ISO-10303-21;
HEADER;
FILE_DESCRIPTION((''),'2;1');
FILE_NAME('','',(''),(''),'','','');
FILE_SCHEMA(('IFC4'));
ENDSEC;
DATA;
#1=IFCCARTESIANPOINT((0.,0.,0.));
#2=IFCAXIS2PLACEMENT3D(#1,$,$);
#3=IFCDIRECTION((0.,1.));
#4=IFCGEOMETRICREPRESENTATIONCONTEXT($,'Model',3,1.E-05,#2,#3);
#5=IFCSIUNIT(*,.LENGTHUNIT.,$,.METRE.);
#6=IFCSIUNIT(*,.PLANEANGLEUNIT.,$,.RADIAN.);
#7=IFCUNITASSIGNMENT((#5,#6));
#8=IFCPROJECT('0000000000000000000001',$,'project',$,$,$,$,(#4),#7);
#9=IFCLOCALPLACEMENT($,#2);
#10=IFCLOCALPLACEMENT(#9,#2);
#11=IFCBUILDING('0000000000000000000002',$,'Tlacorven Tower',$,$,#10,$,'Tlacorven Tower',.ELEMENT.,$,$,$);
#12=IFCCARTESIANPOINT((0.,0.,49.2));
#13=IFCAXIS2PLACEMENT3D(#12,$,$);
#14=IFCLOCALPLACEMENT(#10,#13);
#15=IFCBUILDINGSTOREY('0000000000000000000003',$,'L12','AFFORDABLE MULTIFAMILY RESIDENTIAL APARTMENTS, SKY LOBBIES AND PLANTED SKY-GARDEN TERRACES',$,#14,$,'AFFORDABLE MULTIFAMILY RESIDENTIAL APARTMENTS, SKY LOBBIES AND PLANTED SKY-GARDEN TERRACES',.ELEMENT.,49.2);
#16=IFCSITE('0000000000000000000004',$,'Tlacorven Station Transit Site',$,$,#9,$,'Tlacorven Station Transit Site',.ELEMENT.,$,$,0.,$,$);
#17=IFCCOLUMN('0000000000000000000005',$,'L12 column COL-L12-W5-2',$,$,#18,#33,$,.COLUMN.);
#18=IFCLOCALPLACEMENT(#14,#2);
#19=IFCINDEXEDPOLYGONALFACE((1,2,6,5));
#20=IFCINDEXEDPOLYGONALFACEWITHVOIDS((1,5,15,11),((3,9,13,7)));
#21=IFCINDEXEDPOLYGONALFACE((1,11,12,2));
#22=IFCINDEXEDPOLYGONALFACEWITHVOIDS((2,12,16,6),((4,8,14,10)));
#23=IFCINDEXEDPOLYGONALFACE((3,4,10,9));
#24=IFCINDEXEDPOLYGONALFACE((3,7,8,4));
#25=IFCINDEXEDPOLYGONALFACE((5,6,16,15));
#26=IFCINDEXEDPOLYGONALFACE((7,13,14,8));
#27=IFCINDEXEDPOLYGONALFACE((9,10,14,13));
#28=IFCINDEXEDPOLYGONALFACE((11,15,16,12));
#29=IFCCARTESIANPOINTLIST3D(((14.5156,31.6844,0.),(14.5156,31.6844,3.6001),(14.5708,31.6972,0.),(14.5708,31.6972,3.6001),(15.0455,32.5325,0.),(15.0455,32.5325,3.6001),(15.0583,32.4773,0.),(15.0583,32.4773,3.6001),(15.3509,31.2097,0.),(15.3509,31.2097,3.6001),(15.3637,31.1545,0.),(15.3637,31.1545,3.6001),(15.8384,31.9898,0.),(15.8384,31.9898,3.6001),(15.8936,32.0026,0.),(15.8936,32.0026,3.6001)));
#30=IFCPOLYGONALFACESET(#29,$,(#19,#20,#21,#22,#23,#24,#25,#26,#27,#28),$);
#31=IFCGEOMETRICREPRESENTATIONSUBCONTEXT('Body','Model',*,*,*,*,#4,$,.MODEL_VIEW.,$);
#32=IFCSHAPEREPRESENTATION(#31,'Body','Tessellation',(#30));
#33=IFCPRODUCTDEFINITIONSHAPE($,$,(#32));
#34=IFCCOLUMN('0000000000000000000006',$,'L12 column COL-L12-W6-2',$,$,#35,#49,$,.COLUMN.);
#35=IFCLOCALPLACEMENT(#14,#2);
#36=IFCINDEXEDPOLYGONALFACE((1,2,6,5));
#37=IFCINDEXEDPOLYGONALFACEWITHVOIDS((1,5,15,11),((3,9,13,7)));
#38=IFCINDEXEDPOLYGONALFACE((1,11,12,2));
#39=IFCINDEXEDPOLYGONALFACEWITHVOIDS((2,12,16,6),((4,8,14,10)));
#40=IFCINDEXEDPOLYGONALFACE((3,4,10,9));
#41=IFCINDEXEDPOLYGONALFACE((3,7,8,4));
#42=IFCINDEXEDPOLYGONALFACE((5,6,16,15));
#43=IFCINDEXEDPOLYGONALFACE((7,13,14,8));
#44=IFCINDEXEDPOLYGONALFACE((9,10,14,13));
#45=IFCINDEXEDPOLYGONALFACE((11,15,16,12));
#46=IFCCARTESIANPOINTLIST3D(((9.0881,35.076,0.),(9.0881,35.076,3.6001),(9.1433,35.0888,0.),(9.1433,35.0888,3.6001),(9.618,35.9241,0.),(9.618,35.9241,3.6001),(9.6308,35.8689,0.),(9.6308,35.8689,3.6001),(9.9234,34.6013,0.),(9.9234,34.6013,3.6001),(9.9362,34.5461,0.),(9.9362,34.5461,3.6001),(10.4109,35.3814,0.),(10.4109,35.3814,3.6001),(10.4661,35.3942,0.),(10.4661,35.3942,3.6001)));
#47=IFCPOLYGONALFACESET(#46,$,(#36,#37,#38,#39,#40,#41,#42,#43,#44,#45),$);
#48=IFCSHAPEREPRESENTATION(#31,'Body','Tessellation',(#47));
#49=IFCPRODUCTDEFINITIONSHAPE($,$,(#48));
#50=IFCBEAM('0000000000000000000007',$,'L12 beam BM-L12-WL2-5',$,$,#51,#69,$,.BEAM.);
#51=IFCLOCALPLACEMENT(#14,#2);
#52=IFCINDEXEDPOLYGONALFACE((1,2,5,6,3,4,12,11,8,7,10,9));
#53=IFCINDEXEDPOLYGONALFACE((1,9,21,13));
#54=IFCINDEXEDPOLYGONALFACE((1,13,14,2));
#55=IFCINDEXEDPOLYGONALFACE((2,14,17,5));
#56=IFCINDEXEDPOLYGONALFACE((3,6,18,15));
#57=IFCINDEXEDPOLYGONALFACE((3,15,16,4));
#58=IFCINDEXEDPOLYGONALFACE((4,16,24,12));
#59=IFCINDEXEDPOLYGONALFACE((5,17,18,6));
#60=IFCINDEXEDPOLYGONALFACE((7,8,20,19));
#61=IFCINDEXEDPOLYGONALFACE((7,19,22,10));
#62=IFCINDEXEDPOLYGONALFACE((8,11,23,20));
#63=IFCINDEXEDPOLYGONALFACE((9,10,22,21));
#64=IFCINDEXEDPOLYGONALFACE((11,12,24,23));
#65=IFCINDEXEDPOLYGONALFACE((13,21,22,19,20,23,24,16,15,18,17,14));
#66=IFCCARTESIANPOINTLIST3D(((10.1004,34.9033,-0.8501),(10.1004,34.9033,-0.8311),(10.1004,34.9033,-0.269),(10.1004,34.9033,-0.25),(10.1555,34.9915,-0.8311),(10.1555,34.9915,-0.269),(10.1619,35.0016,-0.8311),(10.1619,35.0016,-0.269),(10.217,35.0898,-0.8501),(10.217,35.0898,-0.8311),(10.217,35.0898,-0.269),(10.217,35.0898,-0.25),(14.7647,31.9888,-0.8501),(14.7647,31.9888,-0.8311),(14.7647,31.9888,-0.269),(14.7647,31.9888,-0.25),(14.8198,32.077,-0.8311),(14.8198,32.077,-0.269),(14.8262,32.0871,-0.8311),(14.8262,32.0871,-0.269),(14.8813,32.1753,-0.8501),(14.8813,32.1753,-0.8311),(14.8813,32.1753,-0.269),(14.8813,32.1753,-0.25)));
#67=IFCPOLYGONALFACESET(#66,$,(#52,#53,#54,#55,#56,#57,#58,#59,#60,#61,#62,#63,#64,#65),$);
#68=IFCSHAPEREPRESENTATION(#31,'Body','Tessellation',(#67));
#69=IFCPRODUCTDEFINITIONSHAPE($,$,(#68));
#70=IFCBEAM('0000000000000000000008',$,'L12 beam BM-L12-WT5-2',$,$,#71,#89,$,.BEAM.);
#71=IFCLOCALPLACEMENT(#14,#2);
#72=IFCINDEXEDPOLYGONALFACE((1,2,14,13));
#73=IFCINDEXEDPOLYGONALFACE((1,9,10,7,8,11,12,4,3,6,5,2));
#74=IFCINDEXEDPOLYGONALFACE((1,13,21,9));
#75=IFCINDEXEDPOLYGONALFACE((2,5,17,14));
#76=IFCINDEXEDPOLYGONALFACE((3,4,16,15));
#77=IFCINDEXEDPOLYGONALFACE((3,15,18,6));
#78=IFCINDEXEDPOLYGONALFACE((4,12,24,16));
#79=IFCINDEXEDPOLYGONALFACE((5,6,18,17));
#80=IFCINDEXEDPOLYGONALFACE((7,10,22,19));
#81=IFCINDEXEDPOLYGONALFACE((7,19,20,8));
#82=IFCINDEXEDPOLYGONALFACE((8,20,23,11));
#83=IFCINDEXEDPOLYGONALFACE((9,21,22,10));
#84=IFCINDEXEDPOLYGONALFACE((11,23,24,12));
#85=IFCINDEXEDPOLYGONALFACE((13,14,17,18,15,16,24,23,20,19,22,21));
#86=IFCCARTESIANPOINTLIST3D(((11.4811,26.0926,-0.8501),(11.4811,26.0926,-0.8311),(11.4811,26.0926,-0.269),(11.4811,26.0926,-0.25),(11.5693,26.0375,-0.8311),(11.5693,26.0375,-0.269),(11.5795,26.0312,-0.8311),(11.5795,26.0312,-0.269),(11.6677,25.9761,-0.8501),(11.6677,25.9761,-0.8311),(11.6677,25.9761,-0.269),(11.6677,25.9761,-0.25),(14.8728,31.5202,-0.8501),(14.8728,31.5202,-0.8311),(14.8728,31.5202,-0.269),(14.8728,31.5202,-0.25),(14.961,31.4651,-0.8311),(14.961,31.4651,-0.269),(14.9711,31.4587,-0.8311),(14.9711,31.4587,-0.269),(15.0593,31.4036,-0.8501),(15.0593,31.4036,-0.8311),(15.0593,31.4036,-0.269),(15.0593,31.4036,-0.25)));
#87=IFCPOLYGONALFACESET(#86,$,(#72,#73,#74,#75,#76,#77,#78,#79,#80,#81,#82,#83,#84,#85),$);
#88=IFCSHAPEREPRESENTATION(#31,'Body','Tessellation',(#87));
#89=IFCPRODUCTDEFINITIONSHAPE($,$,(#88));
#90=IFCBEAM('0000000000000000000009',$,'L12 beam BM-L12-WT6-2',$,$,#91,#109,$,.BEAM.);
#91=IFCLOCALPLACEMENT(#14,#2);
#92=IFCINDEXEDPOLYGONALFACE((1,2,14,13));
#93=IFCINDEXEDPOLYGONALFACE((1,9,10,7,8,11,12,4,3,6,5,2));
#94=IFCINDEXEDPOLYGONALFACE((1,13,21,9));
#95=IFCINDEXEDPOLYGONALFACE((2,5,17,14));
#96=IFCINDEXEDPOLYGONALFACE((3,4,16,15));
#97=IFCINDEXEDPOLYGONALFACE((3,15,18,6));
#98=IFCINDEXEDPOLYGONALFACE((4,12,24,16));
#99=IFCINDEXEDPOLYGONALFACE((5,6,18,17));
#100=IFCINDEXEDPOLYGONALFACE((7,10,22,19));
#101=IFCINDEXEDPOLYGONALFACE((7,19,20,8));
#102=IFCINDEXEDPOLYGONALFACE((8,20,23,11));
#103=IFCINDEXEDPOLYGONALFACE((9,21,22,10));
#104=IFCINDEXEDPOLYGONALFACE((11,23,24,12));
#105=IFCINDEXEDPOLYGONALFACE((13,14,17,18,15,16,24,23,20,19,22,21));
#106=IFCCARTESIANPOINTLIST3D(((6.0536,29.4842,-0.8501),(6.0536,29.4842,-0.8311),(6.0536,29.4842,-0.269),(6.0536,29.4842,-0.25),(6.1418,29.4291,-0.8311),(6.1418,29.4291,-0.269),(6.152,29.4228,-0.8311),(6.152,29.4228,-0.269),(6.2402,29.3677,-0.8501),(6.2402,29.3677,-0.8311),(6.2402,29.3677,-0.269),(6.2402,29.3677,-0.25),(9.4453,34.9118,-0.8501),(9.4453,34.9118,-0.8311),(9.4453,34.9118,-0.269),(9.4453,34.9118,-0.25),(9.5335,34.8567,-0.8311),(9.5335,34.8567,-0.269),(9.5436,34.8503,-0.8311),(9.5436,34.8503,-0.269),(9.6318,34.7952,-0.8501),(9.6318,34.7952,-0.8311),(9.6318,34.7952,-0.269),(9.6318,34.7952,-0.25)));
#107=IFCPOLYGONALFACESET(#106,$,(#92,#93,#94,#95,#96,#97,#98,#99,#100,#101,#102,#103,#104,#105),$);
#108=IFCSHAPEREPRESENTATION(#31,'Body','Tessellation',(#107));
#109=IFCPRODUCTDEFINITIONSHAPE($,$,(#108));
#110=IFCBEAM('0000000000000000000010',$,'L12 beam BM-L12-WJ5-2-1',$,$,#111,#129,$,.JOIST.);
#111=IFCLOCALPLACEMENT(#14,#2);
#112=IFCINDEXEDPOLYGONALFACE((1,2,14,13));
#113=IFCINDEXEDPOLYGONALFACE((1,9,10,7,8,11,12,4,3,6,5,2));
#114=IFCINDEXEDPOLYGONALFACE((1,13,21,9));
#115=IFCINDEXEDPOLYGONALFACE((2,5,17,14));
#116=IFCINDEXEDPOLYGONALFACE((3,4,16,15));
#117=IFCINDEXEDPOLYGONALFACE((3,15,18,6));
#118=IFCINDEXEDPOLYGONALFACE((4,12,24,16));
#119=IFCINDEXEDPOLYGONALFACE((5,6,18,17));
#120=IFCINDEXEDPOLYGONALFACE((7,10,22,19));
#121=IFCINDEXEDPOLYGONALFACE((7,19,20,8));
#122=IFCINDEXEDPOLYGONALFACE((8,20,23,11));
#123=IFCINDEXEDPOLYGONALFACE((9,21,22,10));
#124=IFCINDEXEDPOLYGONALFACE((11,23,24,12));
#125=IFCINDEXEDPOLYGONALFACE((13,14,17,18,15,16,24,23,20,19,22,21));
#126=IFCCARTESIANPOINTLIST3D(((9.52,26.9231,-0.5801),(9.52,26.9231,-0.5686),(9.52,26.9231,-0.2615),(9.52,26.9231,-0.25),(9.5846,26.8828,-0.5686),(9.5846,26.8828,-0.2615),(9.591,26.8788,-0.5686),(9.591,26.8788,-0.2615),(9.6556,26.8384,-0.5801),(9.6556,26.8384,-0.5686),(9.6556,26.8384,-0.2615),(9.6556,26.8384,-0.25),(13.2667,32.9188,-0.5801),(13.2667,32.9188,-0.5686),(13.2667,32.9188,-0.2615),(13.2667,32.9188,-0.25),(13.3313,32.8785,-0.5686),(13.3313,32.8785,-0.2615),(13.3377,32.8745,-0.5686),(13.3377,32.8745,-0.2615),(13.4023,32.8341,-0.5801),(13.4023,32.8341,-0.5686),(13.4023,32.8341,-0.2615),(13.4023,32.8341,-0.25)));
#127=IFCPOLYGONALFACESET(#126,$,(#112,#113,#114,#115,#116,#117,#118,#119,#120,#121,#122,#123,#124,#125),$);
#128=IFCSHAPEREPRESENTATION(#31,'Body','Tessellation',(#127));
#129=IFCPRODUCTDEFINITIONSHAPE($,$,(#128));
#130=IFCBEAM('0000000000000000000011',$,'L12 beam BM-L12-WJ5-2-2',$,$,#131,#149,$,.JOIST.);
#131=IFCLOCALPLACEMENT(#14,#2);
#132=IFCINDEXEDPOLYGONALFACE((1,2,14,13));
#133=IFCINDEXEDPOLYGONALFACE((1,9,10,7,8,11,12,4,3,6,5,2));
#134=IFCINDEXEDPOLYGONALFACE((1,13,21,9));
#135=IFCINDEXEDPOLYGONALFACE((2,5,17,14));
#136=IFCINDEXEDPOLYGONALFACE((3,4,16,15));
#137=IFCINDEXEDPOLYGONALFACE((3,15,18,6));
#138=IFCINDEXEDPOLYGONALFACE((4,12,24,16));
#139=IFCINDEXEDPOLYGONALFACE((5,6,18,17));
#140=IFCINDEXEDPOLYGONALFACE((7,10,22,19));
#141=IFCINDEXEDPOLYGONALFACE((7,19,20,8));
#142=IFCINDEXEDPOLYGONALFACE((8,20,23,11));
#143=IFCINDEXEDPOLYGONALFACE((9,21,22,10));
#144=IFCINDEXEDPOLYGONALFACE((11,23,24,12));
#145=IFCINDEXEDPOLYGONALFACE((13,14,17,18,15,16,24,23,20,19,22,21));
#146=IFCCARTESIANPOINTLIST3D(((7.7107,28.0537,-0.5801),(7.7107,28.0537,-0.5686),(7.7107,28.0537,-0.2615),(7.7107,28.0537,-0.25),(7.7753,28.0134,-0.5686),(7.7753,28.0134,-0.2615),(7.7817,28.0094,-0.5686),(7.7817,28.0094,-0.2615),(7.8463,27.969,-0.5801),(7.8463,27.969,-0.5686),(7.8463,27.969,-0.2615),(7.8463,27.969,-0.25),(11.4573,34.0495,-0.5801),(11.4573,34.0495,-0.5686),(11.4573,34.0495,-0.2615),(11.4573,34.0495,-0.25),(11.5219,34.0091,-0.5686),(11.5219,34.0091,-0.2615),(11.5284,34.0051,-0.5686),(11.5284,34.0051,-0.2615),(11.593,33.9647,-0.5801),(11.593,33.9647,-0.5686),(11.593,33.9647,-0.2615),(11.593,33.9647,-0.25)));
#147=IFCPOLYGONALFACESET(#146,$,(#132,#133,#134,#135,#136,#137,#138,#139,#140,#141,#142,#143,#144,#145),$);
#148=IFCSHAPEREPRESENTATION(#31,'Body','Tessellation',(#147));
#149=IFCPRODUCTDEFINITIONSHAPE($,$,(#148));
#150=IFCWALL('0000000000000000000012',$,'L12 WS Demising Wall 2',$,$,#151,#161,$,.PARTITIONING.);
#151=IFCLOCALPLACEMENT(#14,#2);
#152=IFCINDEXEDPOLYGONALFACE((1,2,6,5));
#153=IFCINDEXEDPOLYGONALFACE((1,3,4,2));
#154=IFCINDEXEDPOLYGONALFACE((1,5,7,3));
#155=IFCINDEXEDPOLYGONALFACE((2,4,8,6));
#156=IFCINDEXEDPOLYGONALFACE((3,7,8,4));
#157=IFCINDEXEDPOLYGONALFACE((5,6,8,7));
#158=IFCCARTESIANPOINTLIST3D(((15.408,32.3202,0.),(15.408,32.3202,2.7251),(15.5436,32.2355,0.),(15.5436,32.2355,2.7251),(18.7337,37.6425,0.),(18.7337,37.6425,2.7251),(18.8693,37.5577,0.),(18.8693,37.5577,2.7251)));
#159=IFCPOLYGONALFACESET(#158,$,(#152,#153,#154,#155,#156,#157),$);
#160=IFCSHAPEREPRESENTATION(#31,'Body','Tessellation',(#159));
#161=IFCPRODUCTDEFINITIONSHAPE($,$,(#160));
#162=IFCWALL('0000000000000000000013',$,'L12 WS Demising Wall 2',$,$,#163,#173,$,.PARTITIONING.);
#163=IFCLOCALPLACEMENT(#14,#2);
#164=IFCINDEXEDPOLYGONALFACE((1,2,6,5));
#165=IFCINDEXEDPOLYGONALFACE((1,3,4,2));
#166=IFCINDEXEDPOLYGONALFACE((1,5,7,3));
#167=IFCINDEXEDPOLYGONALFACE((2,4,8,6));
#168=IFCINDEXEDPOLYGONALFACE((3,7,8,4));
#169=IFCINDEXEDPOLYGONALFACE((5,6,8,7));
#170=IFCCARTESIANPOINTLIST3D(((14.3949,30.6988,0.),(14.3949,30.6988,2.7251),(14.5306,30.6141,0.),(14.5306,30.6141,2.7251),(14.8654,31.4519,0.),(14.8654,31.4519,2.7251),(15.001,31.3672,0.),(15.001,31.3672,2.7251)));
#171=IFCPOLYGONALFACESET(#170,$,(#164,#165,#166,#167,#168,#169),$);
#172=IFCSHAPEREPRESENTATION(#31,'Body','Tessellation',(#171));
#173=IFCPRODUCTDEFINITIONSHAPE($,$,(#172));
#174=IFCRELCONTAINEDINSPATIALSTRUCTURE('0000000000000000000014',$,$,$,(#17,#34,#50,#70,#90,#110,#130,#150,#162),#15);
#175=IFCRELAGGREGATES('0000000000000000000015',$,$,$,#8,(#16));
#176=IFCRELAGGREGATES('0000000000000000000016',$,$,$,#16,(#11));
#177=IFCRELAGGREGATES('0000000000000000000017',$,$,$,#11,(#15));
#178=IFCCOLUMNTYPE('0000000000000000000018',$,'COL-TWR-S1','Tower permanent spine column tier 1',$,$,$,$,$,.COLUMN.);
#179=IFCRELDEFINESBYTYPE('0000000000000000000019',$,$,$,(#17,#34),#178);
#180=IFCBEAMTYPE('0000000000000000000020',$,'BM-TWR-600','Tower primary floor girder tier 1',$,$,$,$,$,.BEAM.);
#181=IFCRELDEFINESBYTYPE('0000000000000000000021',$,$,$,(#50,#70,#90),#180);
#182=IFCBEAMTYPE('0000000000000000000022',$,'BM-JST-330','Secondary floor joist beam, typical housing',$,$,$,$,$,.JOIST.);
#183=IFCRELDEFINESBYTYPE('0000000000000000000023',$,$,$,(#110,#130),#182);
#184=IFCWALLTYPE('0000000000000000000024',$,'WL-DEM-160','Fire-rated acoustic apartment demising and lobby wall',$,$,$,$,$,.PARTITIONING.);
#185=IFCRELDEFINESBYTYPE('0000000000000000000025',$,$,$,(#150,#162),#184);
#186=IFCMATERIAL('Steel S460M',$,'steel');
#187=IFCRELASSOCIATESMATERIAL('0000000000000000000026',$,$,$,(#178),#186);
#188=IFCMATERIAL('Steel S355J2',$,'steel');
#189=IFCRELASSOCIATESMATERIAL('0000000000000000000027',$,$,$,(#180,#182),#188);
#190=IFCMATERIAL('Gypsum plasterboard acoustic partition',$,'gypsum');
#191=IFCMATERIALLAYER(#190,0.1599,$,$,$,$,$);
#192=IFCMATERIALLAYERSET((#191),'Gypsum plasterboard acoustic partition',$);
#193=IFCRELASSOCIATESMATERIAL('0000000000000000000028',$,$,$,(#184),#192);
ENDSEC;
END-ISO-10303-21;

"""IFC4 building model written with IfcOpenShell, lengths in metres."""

from ifc_helpers import new_model, si_unit, direction, frame, frame_2d, origin, origin_2d, place, context, subcontext, project, spatial, rectangle, hollow_rectangle, i_section, extrude, source, transform, mapped, material, layer, layer_set, material_profile, profile_set, type_object, element, save


model = new_model("IFC4")

# Units and contexts
model_context = context("Model", 3, precision=1e-05, world=origin(), true_north=direction((0.0, 1.0)))
body_context = subcontext(model_context, "Body", "Model", "MODEL_VIEW")
ifc_project = project(units=[si_unit("LENGTHUNIT", "METRE"), si_unit("PLANEANGLEUNIT", "RADIAN")], contexts=[model_context])

# Site, building, storey
site_placement = place(None, origin())
site = spatial("IfcSite", under=ifc_project, at=site_placement, Name="Tlacorven Station Transit Site", LongName="Tlacorven Station Transit Site", CompositionType="ELEMENT", RefElevation=0.0)
building_placement = place(site_placement, origin())
building = spatial("IfcBuilding", under=site, at=building_placement, Name="Tlacorven Tower", LongName="Tlacorven Tower", CompositionType="ELEMENT")
storey_placement = place(building_placement, frame((0.0, 0.0, 49.2)))
storey = spatial("IfcBuildingStorey", under=building, at=storey_placement, Name="L12", Description="AFFORDABLE MULTIFAMILY RESIDENTIAL APARTMENTS, SKY LOBBIES AND PLANTED SKY-GARDEN TERRACES", LongName="AFFORDABLE MULTIFAMILY RESIDENTIAL APARTMENTS, SKY LOBBIES AND PLANTED SKY-GARDEN TERRACES", CompositionType="ELEMENT", Elevation=49.2)

# Columns
ifc_material_1 = material(Name="Steel S460M", Category="steel")
ifc_material_profile_1 = material_profile(ifc_material_1, hollow_rectangle(XDim=1.0, YDim=1.0, WallThickness=0.04, at=origin_2d()), Name="BOX 1000X1000X40")
ifc_profile_set_1 = profile_set([ifc_material_profile_1], Name="Steel S460M")
column_type = type_object("IfcColumnType", Name="COL-TWR-S1", Description="Tower permanent spine column tier 1", PredefinedType="COLUMN", material=ifc_profile_set_1)
shared_shape_1 = source(origin(), body_context, "Body", "SweptSolid", [
    extrude(hollow_rectangle(XDim=1.0, YDim=1.0, WallThickness=0.04, at=origin_2d()), origin(), (0.0, 0.0, 1.0), 3.6001),
])
for number, where, z_axis, x_axis, name in (
    (1, (15.2046, 31.8435, 0.0), (0.0, 0.0, 1.0), (-0.848048, 0.529919, 0.0), "L12 column COL-L12-W5-2"),
    (2, (9.7771, 35.2351, 0.0), (0.0, 0.0, 1.0), (-0.848048, 0.529919, 0.0), "L12 column COL-L12-W6-2"),
):
    element("IfcColumn", number, at=place(storey_placement, frame(where, z_axis=z_axis, x_axis=x_axis)), inside=storey, type_object=column_type, Name=name, PredefinedType="COLUMN", context=body_context, shape_type="MappedRepresentation", body=[
        mapped(shared_shape_1, transform((0.0, 0.0, 0.0), scale=1.0)),
    ])

# Beams
ifc_material_2 = material(Name="Steel S355J2", Category="steel")
ifc_material_profile_2 = material_profile(ifc_material_2, i_section(OverallWidth=0.22, OverallDepth=0.6001, WebThickness=0.012, FlangeThickness=0.019, at=origin_2d()), Name="IPE 600")
ifc_profile_set_2 = profile_set([ifc_material_profile_2], Name="Steel S355J2")
beam_type_1 = type_object("IfcBeamType", Name="BM-TWR-600", Description="Tower primary floor girder tier 1", PredefinedType="BEAM", material=ifc_profile_set_2)
shared_shape_2 = source(origin(), body_context, "Body", "SweptSolid", [
    extrude(i_section(OverallWidth=0.22, OverallDepth=0.6001, WebThickness=0.012, FlangeThickness=0.019, at=origin_2d()), origin(), (0.0, 0.0, 1.0), 5.5),
])
beam_placement = place(storey_placement, frame((14.823, 32.082, -0.55), z_axis=(-0.848051, 0.529915, 0.0), x_axis=(-0.529915, -0.848051, 0.0)))
element("IfcBeam", 3, at=beam_placement, inside=storey, type_object=beam_type_1, Name="L12 beam BM-L12-WL2-5", PredefinedType="BEAM", context=body_context, shape_type="MappedRepresentation", body=[
    mapped(shared_shape_2, transform((0.0, 0.0, 0.0), scale=1.0)),
])
shared_shape_3 = source(origin(), body_context, "Body", "SweptSolid", [
    extrude(i_section(OverallWidth=0.22, OverallDepth=0.6001, WebThickness=0.012, FlangeThickness=0.019, at=origin_2d()), origin(), (0.0, 0.0, 1.0), 6.4001),
])
for number, where, z_axis, x_axis, name in (
    (4, (14.9661, 31.4619, -0.55), (-0.529934, -0.848039, 0.0), (0.848039, -0.529934, 0.0), "L12 beam BM-L12-WT5-2"),
    (5, (9.5386, 34.8535, -0.55), (-0.529934, -0.848039, 0.0), (0.848039, -0.529934, 0.0), "L12 beam BM-L12-WT6-2"),
):
    element("IfcBeam", number, at=place(storey_placement, frame(where, z_axis=z_axis, x_axis=x_axis)), inside=storey, type_object=beam_type_1, Name=name, PredefinedType="BEAM", context=body_context, shape_type="MappedRepresentation", body=[
        mapped(shared_shape_3, transform((0.0, 0.0, 0.0), scale=1.0)),
    ])
ifc_material_profile_3 = material_profile(ifc_material_2, i_section(OverallWidth=0.1599, OverallDepth=0.3301, WebThickness=0.0076, FlangeThickness=0.0115, at=origin_2d()), Name="IPE 330")
ifc_profile_set_3 = profile_set([ifc_material_profile_3], Name="Steel S355J2")
beam_type_2 = type_object("IfcBeamType", Name="BM-JST-330", Description="Secondary floor joist beam, typical housing", PredefinedType="JOIST", material=ifc_profile_set_3)
shared_shape_4 = source(origin(), body_context, "Body", "SweptSolid", [
    extrude(i_section(OverallWidth=0.1599, OverallDepth=0.3301, WebThickness=0.0076, FlangeThickness=0.0115, at=origin_2d()), origin(), (0.0, 0.0, 1.0), 7.0701),
])
for number, where, z_axis, x_axis, name in (
    (6, (13.3345, 32.8765, -0.415), (-0.529931, -0.848041, 0.0), (0.848041, -0.529931, 0.0), "L12 beam BM-L12-WJ5-2-1"),
    (7, (11.5251, 34.0071, -0.415), (-0.529931, -0.848041, 0.0), (0.848041, -0.529931, 0.0), "L12 beam BM-L12-WJ5-2-2"),
):
    element("IfcBeam", number, at=place(storey_placement, frame(where, z_axis=z_axis, x_axis=x_axis)), inside=storey, type_object=beam_type_2, Name=name, PredefinedType="JOIST", context=body_context, shape_type="MappedRepresentation", body=[
        mapped(shared_shape_4, transform((0.0, 0.0, 0.0), scale=1.0)),
    ])

# Walls
ifc_material_3 = material(Name="Gypsum plasterboard acoustic partition", Category="gypsum")
ifc_layer_1 = layer(ifc_material_3, 0.1599)
ifc_layer_set_1 = layer_set([ifc_layer_1], Name="Gypsum plasterboard acoustic partition")
wall_type_1 = type_object("IfcWallType", Name="WL-DEM-160", Description="Fire-rated acoustic apartment demising and lobby wall", PredefinedType="PARTITIONING", material=ifc_layer_set_1)
wall_1_placement = place(storey_placement, frame((18.8015, 37.6001, 0.0), z_axis=(0.0, 0.0, 1.0), x_axis=(-0.529915, -0.848051, 0.0)))
element("IfcWall", 8, at=wall_1_placement, inside=storey, type_object=wall_type_1, Name="L12 WS Demising Wall 2", PredefinedType="PARTITIONING", context=body_context, shape_type="SweptSolid", body=[
    extrude(rectangle(XDim=6.2759, YDim=0.1599, at=frame_2d((3.1379, 0.0))), origin(), (0.0, 0.0, 1.0), 2.7251),
])
wall_2_placement = place(storey_placement, frame((14.9331, 31.4094, 0.0), z_axis=(0.0, 0.0, 1.0), x_axis=(-0.529777, -0.848137, 0.0)))
element("IfcWall", 9, at=wall_2_placement, inside=storey, type_object=wall_type_1, Name="L12 WS Demising Wall 2", PredefinedType="PARTITIONING", context=body_context, shape_type="SweptSolid", body=[
    extrude(rectangle(XDim=0.8879, YDim=0.1599, at=frame_2d((0.4438, 0.0))), origin(), (0.0, 0.0, 1.0), 2.7251),
])

save(model, "model.ifc")
